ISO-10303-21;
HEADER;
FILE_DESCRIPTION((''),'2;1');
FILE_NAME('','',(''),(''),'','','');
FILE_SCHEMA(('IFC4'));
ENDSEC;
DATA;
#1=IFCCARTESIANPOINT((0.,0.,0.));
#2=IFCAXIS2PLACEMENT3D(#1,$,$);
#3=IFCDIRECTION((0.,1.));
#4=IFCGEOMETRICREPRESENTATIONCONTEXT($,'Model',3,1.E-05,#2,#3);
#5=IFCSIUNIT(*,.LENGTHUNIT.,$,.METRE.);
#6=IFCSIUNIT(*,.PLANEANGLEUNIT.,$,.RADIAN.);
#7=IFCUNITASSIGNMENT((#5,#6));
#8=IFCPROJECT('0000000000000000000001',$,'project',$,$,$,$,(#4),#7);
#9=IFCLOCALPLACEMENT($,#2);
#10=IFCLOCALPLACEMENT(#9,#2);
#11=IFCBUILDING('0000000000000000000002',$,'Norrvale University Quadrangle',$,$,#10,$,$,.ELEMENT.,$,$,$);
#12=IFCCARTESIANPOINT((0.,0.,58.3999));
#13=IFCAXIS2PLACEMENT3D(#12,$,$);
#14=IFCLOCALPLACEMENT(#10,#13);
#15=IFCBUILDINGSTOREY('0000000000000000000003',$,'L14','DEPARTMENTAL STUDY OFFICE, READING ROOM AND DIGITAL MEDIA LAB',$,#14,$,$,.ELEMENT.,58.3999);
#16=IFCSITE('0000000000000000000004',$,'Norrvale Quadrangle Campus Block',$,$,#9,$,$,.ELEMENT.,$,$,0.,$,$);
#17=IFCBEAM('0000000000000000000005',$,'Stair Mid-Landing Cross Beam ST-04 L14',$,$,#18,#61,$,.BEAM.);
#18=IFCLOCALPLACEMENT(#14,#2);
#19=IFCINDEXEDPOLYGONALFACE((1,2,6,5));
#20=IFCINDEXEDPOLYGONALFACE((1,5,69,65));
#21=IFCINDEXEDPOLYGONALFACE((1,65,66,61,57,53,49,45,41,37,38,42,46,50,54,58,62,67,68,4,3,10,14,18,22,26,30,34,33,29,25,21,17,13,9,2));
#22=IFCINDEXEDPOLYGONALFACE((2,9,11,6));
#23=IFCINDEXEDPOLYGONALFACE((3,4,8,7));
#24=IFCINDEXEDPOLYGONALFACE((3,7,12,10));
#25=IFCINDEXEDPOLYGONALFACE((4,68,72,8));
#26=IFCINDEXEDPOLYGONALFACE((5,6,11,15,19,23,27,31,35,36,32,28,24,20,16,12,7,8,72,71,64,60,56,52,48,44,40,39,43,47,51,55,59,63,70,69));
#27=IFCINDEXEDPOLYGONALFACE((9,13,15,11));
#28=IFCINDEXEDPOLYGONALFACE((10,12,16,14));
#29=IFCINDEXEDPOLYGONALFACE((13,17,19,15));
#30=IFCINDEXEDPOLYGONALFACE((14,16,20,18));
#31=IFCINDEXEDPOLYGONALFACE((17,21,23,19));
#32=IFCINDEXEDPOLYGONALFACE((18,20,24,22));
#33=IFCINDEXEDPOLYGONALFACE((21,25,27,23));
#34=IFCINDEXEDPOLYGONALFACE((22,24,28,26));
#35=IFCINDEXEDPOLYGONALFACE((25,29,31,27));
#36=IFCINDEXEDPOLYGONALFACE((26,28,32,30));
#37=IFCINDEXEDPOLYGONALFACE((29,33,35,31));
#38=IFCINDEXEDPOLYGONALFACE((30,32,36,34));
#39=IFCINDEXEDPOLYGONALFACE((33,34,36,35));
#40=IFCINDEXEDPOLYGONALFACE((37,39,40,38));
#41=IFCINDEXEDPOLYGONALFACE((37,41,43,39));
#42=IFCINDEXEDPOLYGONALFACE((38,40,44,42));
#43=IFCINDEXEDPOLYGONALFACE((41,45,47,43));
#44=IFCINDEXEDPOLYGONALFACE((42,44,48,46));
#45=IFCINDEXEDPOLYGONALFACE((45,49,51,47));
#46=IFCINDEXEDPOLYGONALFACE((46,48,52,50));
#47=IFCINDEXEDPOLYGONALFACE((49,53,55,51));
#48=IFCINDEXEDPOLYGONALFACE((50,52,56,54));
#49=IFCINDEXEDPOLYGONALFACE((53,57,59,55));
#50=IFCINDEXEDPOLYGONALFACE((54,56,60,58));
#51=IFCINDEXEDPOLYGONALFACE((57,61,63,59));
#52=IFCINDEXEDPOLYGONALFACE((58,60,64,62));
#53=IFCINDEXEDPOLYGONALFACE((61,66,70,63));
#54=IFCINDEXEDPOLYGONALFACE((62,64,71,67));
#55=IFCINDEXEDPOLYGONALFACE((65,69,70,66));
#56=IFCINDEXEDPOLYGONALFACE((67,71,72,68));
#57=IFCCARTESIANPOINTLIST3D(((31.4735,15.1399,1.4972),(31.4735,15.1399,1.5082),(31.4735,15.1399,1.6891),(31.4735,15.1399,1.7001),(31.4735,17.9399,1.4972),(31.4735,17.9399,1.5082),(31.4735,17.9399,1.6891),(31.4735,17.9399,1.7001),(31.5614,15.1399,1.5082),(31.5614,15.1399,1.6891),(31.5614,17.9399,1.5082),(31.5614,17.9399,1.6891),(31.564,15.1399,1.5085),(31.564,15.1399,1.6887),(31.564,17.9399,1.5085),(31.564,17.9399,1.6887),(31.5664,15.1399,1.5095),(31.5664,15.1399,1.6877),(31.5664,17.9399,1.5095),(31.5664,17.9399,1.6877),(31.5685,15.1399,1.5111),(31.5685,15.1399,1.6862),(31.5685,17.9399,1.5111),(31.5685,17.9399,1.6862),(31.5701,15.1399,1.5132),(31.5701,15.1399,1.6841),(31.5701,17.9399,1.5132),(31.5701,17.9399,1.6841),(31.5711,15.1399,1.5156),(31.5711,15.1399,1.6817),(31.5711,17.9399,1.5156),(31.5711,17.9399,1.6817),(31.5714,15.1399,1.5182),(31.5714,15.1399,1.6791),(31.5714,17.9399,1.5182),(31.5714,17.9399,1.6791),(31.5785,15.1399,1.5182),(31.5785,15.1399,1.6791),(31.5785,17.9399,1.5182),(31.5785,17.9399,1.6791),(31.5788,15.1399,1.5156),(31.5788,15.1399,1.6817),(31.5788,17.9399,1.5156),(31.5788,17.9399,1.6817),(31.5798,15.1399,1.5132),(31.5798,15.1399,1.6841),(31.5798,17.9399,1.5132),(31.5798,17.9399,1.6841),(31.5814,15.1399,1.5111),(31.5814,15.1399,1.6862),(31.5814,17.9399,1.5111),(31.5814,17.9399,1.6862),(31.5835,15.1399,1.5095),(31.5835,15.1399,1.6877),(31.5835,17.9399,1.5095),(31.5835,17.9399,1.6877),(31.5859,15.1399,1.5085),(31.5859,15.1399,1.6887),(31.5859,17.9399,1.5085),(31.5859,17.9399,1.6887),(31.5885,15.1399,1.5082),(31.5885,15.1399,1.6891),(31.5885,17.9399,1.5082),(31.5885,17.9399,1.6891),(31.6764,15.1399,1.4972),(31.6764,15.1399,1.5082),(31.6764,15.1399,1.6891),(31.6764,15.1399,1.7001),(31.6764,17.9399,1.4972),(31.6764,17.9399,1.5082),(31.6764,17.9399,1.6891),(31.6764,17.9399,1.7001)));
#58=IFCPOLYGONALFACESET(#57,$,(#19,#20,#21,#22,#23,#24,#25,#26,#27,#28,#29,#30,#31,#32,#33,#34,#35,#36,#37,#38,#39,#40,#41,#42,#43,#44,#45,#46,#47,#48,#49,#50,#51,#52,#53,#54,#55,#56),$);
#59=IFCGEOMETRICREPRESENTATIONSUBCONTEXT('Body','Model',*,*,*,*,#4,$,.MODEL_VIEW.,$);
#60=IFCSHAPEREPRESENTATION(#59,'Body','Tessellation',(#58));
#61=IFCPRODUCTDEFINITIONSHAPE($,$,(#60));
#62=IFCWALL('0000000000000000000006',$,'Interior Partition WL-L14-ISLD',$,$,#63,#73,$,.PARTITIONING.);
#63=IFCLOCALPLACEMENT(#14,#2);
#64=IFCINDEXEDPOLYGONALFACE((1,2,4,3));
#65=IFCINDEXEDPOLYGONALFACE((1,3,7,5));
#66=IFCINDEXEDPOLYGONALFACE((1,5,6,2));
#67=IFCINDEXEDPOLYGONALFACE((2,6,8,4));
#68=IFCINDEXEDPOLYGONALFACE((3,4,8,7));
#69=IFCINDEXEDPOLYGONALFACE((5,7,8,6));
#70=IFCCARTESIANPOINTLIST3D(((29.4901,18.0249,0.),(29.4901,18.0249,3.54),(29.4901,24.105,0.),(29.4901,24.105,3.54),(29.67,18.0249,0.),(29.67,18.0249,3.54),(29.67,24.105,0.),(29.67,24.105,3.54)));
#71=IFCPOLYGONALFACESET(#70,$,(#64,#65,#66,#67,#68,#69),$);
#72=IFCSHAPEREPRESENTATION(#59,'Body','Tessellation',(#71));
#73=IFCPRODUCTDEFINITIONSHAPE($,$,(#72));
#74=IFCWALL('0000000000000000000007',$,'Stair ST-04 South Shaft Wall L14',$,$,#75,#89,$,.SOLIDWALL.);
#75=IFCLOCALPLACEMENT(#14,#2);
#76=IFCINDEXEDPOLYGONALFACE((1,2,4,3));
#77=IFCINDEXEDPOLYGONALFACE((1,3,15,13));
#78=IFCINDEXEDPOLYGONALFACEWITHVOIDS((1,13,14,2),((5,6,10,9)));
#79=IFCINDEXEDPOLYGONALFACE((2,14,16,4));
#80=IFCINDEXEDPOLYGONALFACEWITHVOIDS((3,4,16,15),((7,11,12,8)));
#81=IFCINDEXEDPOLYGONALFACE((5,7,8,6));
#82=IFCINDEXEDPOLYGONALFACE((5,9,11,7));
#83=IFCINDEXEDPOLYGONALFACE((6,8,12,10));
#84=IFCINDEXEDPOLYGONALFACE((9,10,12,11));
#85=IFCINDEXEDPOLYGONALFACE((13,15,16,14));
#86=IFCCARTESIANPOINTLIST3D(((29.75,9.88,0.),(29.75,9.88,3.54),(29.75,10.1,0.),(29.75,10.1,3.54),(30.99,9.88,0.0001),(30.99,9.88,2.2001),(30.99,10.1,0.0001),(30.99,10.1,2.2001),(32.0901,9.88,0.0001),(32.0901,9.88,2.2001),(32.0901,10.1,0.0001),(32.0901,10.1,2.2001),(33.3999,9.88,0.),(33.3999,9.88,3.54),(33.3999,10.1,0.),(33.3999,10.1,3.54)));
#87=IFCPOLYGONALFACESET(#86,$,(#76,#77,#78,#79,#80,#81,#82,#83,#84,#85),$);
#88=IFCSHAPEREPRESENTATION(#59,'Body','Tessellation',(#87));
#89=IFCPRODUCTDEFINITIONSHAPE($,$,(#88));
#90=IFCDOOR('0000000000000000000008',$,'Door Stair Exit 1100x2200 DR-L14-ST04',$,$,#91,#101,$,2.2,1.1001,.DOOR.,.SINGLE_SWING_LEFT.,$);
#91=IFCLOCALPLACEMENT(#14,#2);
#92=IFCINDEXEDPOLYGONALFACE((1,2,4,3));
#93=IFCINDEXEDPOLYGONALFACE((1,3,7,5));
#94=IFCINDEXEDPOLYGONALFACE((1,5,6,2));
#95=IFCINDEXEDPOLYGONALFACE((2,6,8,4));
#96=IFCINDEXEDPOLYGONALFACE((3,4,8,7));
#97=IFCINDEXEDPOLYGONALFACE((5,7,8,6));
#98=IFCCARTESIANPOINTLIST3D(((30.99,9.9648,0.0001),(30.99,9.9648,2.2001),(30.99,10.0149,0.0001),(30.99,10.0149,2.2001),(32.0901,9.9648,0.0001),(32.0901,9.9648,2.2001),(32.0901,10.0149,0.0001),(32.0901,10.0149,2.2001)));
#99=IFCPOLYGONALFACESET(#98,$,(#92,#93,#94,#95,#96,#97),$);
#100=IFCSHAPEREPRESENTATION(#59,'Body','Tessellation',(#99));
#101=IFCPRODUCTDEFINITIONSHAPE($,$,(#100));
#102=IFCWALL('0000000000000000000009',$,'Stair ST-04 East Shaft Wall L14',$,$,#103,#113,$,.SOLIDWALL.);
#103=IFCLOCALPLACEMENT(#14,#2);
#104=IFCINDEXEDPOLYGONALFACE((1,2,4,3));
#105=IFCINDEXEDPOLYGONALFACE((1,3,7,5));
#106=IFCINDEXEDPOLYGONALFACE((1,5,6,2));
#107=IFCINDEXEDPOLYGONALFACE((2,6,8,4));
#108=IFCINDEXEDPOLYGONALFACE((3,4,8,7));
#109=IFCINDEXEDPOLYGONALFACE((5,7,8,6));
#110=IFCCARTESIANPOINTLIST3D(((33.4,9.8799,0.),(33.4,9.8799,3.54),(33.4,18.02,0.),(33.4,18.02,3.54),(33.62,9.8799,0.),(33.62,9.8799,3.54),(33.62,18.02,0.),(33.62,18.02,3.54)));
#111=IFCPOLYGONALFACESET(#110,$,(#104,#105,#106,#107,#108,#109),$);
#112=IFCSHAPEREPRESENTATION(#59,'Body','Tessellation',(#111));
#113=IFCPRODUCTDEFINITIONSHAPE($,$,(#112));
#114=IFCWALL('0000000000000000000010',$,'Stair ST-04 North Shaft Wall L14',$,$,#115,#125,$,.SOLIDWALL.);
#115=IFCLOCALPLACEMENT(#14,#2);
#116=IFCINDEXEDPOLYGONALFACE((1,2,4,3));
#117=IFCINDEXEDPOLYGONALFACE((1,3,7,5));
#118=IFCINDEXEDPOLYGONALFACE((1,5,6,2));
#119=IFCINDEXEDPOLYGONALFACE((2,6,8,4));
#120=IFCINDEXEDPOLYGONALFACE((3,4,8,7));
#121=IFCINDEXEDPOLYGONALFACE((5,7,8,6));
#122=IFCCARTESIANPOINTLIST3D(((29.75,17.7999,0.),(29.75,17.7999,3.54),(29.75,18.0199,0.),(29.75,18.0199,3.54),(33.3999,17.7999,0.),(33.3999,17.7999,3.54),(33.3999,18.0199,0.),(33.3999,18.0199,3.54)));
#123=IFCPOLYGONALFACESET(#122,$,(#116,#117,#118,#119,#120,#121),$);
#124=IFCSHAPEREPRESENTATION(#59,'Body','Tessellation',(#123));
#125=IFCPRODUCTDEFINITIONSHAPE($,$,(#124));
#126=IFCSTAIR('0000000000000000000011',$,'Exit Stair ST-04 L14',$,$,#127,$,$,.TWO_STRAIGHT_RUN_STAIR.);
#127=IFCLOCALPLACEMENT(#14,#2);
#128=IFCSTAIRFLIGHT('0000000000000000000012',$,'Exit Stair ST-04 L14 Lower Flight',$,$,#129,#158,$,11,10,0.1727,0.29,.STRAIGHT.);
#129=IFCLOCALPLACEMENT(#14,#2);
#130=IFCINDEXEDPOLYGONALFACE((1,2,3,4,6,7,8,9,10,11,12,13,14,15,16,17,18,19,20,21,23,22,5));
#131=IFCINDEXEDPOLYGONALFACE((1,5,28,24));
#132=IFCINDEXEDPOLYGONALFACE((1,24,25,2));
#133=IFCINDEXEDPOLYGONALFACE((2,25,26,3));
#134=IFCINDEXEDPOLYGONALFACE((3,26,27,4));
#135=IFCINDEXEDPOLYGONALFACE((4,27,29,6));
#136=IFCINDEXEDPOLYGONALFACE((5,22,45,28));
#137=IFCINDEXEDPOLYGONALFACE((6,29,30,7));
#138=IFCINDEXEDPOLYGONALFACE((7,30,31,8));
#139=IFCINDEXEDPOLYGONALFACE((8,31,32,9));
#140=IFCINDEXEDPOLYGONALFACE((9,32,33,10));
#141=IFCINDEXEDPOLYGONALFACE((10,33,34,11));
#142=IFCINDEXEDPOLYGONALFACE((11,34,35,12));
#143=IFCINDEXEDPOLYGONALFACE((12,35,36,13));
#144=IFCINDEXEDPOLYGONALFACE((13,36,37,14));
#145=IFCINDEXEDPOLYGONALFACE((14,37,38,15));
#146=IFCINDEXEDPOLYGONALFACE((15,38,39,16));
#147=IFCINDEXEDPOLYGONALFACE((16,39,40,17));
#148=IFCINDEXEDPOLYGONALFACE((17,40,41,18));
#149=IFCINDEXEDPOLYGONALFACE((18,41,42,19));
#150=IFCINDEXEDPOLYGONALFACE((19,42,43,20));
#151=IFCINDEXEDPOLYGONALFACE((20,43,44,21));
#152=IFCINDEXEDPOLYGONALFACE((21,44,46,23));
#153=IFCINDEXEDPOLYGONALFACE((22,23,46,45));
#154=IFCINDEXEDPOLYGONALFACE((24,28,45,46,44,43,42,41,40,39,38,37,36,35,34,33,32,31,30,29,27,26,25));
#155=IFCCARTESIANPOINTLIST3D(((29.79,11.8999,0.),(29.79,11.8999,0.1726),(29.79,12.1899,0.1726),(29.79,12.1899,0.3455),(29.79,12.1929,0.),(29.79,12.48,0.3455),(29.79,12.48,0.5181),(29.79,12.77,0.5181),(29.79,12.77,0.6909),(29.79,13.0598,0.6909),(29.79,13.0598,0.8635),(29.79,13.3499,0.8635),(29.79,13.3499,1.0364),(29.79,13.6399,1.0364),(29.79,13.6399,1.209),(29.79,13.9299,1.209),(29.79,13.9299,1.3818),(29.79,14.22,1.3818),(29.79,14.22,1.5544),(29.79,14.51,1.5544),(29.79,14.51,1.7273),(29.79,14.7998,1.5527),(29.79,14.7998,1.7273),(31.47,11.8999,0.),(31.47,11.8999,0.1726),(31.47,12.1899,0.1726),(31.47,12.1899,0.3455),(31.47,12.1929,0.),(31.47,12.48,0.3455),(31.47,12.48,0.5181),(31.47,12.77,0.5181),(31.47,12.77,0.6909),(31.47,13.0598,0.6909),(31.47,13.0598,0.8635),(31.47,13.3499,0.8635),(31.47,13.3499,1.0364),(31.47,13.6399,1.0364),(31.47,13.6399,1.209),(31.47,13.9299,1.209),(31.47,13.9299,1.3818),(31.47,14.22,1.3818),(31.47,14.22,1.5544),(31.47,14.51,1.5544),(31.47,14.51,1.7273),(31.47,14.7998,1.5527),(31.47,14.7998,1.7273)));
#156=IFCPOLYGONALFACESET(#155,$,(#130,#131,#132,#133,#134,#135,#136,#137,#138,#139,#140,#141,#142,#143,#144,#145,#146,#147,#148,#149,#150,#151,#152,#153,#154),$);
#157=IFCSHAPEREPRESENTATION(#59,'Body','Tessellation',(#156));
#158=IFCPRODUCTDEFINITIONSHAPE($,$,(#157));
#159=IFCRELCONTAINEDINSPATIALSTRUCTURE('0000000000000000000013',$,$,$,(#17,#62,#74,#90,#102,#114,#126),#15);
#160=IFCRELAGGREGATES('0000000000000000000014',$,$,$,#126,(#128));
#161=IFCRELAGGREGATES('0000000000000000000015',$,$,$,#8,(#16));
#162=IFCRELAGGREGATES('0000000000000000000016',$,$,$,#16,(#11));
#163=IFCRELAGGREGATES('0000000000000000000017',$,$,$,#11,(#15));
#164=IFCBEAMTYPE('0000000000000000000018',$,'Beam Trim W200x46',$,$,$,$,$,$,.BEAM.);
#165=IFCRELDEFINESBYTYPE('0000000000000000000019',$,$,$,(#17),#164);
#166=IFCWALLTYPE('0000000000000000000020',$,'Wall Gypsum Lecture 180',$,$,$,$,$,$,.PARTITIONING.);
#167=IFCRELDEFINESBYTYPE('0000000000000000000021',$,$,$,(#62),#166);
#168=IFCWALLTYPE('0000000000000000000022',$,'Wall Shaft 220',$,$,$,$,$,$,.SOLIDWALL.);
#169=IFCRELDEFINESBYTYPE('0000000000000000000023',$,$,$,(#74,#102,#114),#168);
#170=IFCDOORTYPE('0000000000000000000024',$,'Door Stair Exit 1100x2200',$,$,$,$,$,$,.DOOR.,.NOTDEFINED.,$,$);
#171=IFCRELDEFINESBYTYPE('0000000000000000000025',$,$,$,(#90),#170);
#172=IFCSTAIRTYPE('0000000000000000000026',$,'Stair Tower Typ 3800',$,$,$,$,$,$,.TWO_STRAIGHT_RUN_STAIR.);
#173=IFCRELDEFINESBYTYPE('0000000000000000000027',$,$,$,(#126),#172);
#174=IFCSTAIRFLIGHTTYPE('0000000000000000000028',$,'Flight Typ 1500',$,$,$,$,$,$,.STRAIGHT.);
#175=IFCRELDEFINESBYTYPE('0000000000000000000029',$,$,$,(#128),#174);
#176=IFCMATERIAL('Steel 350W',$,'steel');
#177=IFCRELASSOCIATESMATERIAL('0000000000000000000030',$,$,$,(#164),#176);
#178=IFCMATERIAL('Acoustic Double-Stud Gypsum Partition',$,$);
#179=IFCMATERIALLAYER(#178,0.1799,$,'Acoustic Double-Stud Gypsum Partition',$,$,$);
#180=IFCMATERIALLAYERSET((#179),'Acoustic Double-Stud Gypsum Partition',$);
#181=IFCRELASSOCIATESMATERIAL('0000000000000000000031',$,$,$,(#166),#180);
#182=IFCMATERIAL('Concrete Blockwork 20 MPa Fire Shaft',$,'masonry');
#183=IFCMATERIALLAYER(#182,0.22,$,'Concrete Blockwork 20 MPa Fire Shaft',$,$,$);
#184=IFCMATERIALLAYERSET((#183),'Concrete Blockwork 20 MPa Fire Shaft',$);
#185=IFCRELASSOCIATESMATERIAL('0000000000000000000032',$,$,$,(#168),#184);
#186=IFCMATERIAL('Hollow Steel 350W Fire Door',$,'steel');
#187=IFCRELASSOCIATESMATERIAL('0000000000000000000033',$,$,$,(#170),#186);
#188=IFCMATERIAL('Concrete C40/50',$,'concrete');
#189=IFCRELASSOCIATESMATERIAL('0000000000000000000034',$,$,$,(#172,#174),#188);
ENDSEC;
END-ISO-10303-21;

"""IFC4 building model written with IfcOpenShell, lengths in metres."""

from ifc_helpers import new_model, si_unit, direction, frame, frame_2d, origin, origin_2d, place, context, subcontext, project, spatial, polyline, rectangle, i_section, outline, extrude, material, layer, layer_set, material_profile, profile_set, type_object, element, fill, aggregate, save


model = new_model("IFC4")

# Units and contexts
model_context = context("Model", 3, precision=1e-05, world=origin(), true_north=direction((0.0, 1.0)))
body_context = subcontext(model_context, "Body", "Model", "MODEL_VIEW")
ifc_project = project(units=[si_unit("LENGTHUNIT", "METRE"), si_unit("PLANEANGLEUNIT", "RADIAN")], contexts=[model_context])

# Site, building, storey
site_placement = place(None, origin())
site = spatial("IfcSite", under=ifc_project, at=site_placement, Name="Norrvale Quadrangle Campus Block", CompositionType="ELEMENT", RefElevation=0.0)
building_placement = place(site_placement, origin())
building = spatial("IfcBuilding", under=site, at=building_placement, Name="Norrvale University Quadrangle", CompositionType="ELEMENT")
storey_placement = place(building_placement, frame((0.0, 0.0, 58.3999)))
storey = spatial("IfcBuildingStorey", under=building, at=storey_placement, Name="L14", Description="DEPARTMENTAL STUDY OFFICE, READING ROOM AND DIGITAL MEDIA LAB", CompositionType="ELEMENT", Elevation=58.3999)

# Beam
ifc_material_1 = material(Name="Steel 350W", Category="steel")
ifc_material_profile_1 = material_profile(ifc_material_1, i_section(OverallWidth=0.2029, OverallDepth=0.2029, WebThickness=0.0071, FlangeThickness=0.011, FilletRadius=0.01, at=origin_2d()), Name="Steel 350W")
ifc_profile_set_1 = profile_set([ifc_material_profile_1], Name="Steel 350W")
beam_type_1 = type_object("IfcBeamType", Name="Beam Trim W200x46", PredefinedType="BEAM", material=ifc_profile_set_1)
beam_1_placement = place(storey_placement, frame((31.575, 15.1399, 1.5986), z_axis=(0.0, 1.0, 0.0), x_axis=(-1.0, 0.0, 0.0)))
element("IfcBeam", 1, at=beam_1_placement, inside=storey, type_object=beam_type_1, Name="Stair Mid-Landing Cross Beam ST-04 L14", PredefinedType="BEAM", context=body_context, shape_type="SweptSolid", body=[
    extrude(i_section(OverallWidth=0.2029, OverallDepth=0.2029, WebThickness=0.0071, FlangeThickness=0.011, FilletRadius=0.01, at=origin_2d()), origin(), (0.0, 0.0, 1.0), 2.8),
])

# Wall
ifc_material_2 = material(Name="Acoustic Double-Stud Gypsum Partition")
ifc_layer_1 = layer(ifc_material_2, 0.1799, Name="Acoustic Double-Stud Gypsum Partition")
ifc_layer_set_1 = layer_set([ifc_layer_1], Name="Acoustic Double-Stud Gypsum Partition")
wall_type_1 = type_object("IfcWallType", Name="Wall Gypsum Lecture 180", PredefinedType="PARTITIONING", material=ifc_layer_set_1)
wall_1_placement = place(storey_placement, frame((29.5801, 18.0249, 0.0), z_axis=(0.0, 0.0, 1.0), x_axis=(0.0, 1.0, 0.0)))
element("IfcWall", 2, at=wall_1_placement, inside=storey, type_object=wall_type_1, Name="Interior Partition WL-L14-ISLD", PredefinedType="PARTITIONING", context=body_context, shape_type="SweptSolid", body=[
    extrude(rectangle(XDim=6.0801, YDim=0.1799, at=frame_2d((3.04, 0.0))), origin(), (0.0, 0.0, 1.0), 3.54),
])

# Wall, opening, door
ifc_material_3 = material(Name="Concrete Blockwork 20 MPa Fire Shaft", Category="masonry")
ifc_layer_2 = layer(ifc_material_3, 0.22, Name="Concrete Blockwork 20 MPa Fire Shaft")
ifc_layer_set_2 = layer_set([ifc_layer_2], Name="Concrete Blockwork 20 MPa Fire Shaft")
wall_type_2 = type_object("IfcWallType", Name="Wall Shaft 220", PredefinedType="SOLIDWALL", material=ifc_layer_set_2)
wall_2_placement = place(storey_placement, frame((29.75, 9.99, 0.0), z_axis=(0.0, 0.0, 1.0), x_axis=(1.0, 0.0, 0.0)))
wall_2 = element("IfcWall", 3, at=wall_2_placement, inside=storey, type_object=wall_type_2, Name="Stair ST-04 South Shaft Wall L14", PredefinedType="SOLIDWALL", context=body_context, shape_type="SweptSolid", body=[
    extrude(rectangle(XDim=3.6499, YDim=0.22, at=frame_2d((1.825, 0.0))), origin(), (0.0, 0.0, 1.0), 3.54),
])
opening_placement = place(wall_2_placement, frame((1.24, 0.0, 0.0)))
opening = element("IfcOpeningElement", 4, at=opening_placement, cuts=wall_2, PredefinedType="OPENING", context=body_context, shape_type="SweptSolid", body=[
    extrude(rectangle(XDim=1.1001, YDim=2.2, at=frame_2d((0.55, 1.1001))), frame((0.0, 0.1221, 0.0), z_axis=(0.0, -1.0, 0.0), x_axis=(1.0, 0.0, 0.0)), (0.0, 0.0, 1.0), 0.2439),
])
ifc_material_4 = material(Name="Hollow Steel 350W Fire Door", Category="steel")
door_type = type_object("IfcDoorType", Name="Door Stair Exit 1100x2200", OperationType="NOTDEFINED", PredefinedType="DOOR", material=ifc_material_4)
door_placement = place(opening_placement, origin())
door = element("IfcDoor", 5, at=door_placement, inside=storey, type_object=door_type, Name="Door Stair Exit 1100x2200 DR-L14-ST04", OperationType="SINGLE_SWING_LEFT", OverallHeight=2.2, OverallWidth=1.1001, PredefinedType="DOOR", context=body_context, shape_type="SweptSolid", body=[
    extrude(rectangle(XDim=1.1001, YDim=2.2, at=frame_2d((0.55, 1.1001))), frame((0.0, 0.0249, 0.0), z_axis=(0.0, -1.0, 0.0), x_axis=(1.0, 0.0, 0.0)), (0.0, 0.0, 1.0), 0.05),
])
fill(opening, door)

# Walls
wall_3_placement = place(storey_placement, frame((33.51, 9.8799, 0.0), z_axis=(0.0, 0.0, 1.0), x_axis=(0.0, 1.0, 0.0)))
element("IfcWall", 6, at=wall_3_placement, inside=storey, type_object=wall_type_2, Name="Stair ST-04 East Shaft Wall L14", PredefinedType="SOLIDWALL", context=body_context, shape_type="SweptSolid", body=[
    extrude(rectangle(XDim=8.1401, YDim=0.22, at=frame_2d((4.0701, 0.0))), origin(), (0.0, 0.0, 1.0), 3.54),
])
wall_4_placement = place(storey_placement, frame((29.75, 17.9099, 0.0), z_axis=(0.0, 0.0, 1.0), x_axis=(1.0, 0.0, 0.0)))
element("IfcWall", 7, at=wall_4_placement, inside=storey, type_object=wall_type_2, Name="Stair ST-04 North Shaft Wall L14", PredefinedType="SOLIDWALL", context=body_context, shape_type="SweptSolid", body=[
    extrude(rectangle(XDim=3.6499, YDim=0.22, at=frame_2d((1.825, 0.0))), origin(), (0.0, 0.0, 1.0), 3.54),
])

# Stair, stair flight
ifc_material_5 = material(Name="Concrete C40/50", Category="concrete")
stair_type = type_object("IfcStairType", Name="Stair Tower Typ 3800", PredefinedType="TWO_STRAIGHT_RUN_STAIR", material=ifc_material_5)
stair_placement = place(storey_placement, origin())
stair = element("IfcStair", 8, at=stair_placement, inside=storey, type_object=stair_type, Name="Exit Stair ST-04 L14", PredefinedType="TWO_STRAIGHT_RUN_STAIR")
stair_flight_type = type_object("IfcStairFlightType", Name="Flight Typ 1500", PredefinedType="STRAIGHT", material=ifc_material_5)
stair_flight_1_placement = place(storey_placement, frame((30.6299, 11.8999, 0.0), z_axis=(0.0, 0.0, 1.0), x_axis=(0.0, 1.0, 0.0)))
stair_flight_1 = element("IfcStairFlight", 9, at=stair_flight_1_placement, type_object=stair_flight_type, Name="Exit Stair ST-04 L14 Lower Flight", NumberOfRisers=11, NumberOfTreads=10, PredefinedType="STRAIGHT", RiserHeight=0.1727, TreadLength=0.29, context=body_context, shape_type="SweptSolid", body=[
    extrude(outline(polyline([(0.0, 0.0), (0.0, 0.1726), (0.29, 0.1726), (0.29, 0.3455), (0.5801, 0.3455), (0.5801, 0.5181), (0.8701, 0.5181), (0.8701, 0.6909), (1.1599, 0.6909), (1.1599, 0.8635), (1.45, 0.8635), (1.45, 1.0364), (1.74, 1.0364), (1.74, 1.209), (2.03, 1.209), (2.03, 1.3818), (2.3201, 1.3818), (2.3201, 1.5544), (2.6101, 1.5544), (2.6101, 1.7273), (2.8999, 1.7273), (2.8999, 1.8999), (2.8999, 1.5527), (0.293, 0.0), (0.0, 0.0)])), frame((0.0, 0.8398, 0.0), z_axis=(0.0, -1.0, 0.0), x_axis=(1.0, 0.0, 0.0)), (0.0, 0.0, 1.0), 1.6799),
])
aggregate(stair, [stair_flight_1])

save(model, "model.ifc")
